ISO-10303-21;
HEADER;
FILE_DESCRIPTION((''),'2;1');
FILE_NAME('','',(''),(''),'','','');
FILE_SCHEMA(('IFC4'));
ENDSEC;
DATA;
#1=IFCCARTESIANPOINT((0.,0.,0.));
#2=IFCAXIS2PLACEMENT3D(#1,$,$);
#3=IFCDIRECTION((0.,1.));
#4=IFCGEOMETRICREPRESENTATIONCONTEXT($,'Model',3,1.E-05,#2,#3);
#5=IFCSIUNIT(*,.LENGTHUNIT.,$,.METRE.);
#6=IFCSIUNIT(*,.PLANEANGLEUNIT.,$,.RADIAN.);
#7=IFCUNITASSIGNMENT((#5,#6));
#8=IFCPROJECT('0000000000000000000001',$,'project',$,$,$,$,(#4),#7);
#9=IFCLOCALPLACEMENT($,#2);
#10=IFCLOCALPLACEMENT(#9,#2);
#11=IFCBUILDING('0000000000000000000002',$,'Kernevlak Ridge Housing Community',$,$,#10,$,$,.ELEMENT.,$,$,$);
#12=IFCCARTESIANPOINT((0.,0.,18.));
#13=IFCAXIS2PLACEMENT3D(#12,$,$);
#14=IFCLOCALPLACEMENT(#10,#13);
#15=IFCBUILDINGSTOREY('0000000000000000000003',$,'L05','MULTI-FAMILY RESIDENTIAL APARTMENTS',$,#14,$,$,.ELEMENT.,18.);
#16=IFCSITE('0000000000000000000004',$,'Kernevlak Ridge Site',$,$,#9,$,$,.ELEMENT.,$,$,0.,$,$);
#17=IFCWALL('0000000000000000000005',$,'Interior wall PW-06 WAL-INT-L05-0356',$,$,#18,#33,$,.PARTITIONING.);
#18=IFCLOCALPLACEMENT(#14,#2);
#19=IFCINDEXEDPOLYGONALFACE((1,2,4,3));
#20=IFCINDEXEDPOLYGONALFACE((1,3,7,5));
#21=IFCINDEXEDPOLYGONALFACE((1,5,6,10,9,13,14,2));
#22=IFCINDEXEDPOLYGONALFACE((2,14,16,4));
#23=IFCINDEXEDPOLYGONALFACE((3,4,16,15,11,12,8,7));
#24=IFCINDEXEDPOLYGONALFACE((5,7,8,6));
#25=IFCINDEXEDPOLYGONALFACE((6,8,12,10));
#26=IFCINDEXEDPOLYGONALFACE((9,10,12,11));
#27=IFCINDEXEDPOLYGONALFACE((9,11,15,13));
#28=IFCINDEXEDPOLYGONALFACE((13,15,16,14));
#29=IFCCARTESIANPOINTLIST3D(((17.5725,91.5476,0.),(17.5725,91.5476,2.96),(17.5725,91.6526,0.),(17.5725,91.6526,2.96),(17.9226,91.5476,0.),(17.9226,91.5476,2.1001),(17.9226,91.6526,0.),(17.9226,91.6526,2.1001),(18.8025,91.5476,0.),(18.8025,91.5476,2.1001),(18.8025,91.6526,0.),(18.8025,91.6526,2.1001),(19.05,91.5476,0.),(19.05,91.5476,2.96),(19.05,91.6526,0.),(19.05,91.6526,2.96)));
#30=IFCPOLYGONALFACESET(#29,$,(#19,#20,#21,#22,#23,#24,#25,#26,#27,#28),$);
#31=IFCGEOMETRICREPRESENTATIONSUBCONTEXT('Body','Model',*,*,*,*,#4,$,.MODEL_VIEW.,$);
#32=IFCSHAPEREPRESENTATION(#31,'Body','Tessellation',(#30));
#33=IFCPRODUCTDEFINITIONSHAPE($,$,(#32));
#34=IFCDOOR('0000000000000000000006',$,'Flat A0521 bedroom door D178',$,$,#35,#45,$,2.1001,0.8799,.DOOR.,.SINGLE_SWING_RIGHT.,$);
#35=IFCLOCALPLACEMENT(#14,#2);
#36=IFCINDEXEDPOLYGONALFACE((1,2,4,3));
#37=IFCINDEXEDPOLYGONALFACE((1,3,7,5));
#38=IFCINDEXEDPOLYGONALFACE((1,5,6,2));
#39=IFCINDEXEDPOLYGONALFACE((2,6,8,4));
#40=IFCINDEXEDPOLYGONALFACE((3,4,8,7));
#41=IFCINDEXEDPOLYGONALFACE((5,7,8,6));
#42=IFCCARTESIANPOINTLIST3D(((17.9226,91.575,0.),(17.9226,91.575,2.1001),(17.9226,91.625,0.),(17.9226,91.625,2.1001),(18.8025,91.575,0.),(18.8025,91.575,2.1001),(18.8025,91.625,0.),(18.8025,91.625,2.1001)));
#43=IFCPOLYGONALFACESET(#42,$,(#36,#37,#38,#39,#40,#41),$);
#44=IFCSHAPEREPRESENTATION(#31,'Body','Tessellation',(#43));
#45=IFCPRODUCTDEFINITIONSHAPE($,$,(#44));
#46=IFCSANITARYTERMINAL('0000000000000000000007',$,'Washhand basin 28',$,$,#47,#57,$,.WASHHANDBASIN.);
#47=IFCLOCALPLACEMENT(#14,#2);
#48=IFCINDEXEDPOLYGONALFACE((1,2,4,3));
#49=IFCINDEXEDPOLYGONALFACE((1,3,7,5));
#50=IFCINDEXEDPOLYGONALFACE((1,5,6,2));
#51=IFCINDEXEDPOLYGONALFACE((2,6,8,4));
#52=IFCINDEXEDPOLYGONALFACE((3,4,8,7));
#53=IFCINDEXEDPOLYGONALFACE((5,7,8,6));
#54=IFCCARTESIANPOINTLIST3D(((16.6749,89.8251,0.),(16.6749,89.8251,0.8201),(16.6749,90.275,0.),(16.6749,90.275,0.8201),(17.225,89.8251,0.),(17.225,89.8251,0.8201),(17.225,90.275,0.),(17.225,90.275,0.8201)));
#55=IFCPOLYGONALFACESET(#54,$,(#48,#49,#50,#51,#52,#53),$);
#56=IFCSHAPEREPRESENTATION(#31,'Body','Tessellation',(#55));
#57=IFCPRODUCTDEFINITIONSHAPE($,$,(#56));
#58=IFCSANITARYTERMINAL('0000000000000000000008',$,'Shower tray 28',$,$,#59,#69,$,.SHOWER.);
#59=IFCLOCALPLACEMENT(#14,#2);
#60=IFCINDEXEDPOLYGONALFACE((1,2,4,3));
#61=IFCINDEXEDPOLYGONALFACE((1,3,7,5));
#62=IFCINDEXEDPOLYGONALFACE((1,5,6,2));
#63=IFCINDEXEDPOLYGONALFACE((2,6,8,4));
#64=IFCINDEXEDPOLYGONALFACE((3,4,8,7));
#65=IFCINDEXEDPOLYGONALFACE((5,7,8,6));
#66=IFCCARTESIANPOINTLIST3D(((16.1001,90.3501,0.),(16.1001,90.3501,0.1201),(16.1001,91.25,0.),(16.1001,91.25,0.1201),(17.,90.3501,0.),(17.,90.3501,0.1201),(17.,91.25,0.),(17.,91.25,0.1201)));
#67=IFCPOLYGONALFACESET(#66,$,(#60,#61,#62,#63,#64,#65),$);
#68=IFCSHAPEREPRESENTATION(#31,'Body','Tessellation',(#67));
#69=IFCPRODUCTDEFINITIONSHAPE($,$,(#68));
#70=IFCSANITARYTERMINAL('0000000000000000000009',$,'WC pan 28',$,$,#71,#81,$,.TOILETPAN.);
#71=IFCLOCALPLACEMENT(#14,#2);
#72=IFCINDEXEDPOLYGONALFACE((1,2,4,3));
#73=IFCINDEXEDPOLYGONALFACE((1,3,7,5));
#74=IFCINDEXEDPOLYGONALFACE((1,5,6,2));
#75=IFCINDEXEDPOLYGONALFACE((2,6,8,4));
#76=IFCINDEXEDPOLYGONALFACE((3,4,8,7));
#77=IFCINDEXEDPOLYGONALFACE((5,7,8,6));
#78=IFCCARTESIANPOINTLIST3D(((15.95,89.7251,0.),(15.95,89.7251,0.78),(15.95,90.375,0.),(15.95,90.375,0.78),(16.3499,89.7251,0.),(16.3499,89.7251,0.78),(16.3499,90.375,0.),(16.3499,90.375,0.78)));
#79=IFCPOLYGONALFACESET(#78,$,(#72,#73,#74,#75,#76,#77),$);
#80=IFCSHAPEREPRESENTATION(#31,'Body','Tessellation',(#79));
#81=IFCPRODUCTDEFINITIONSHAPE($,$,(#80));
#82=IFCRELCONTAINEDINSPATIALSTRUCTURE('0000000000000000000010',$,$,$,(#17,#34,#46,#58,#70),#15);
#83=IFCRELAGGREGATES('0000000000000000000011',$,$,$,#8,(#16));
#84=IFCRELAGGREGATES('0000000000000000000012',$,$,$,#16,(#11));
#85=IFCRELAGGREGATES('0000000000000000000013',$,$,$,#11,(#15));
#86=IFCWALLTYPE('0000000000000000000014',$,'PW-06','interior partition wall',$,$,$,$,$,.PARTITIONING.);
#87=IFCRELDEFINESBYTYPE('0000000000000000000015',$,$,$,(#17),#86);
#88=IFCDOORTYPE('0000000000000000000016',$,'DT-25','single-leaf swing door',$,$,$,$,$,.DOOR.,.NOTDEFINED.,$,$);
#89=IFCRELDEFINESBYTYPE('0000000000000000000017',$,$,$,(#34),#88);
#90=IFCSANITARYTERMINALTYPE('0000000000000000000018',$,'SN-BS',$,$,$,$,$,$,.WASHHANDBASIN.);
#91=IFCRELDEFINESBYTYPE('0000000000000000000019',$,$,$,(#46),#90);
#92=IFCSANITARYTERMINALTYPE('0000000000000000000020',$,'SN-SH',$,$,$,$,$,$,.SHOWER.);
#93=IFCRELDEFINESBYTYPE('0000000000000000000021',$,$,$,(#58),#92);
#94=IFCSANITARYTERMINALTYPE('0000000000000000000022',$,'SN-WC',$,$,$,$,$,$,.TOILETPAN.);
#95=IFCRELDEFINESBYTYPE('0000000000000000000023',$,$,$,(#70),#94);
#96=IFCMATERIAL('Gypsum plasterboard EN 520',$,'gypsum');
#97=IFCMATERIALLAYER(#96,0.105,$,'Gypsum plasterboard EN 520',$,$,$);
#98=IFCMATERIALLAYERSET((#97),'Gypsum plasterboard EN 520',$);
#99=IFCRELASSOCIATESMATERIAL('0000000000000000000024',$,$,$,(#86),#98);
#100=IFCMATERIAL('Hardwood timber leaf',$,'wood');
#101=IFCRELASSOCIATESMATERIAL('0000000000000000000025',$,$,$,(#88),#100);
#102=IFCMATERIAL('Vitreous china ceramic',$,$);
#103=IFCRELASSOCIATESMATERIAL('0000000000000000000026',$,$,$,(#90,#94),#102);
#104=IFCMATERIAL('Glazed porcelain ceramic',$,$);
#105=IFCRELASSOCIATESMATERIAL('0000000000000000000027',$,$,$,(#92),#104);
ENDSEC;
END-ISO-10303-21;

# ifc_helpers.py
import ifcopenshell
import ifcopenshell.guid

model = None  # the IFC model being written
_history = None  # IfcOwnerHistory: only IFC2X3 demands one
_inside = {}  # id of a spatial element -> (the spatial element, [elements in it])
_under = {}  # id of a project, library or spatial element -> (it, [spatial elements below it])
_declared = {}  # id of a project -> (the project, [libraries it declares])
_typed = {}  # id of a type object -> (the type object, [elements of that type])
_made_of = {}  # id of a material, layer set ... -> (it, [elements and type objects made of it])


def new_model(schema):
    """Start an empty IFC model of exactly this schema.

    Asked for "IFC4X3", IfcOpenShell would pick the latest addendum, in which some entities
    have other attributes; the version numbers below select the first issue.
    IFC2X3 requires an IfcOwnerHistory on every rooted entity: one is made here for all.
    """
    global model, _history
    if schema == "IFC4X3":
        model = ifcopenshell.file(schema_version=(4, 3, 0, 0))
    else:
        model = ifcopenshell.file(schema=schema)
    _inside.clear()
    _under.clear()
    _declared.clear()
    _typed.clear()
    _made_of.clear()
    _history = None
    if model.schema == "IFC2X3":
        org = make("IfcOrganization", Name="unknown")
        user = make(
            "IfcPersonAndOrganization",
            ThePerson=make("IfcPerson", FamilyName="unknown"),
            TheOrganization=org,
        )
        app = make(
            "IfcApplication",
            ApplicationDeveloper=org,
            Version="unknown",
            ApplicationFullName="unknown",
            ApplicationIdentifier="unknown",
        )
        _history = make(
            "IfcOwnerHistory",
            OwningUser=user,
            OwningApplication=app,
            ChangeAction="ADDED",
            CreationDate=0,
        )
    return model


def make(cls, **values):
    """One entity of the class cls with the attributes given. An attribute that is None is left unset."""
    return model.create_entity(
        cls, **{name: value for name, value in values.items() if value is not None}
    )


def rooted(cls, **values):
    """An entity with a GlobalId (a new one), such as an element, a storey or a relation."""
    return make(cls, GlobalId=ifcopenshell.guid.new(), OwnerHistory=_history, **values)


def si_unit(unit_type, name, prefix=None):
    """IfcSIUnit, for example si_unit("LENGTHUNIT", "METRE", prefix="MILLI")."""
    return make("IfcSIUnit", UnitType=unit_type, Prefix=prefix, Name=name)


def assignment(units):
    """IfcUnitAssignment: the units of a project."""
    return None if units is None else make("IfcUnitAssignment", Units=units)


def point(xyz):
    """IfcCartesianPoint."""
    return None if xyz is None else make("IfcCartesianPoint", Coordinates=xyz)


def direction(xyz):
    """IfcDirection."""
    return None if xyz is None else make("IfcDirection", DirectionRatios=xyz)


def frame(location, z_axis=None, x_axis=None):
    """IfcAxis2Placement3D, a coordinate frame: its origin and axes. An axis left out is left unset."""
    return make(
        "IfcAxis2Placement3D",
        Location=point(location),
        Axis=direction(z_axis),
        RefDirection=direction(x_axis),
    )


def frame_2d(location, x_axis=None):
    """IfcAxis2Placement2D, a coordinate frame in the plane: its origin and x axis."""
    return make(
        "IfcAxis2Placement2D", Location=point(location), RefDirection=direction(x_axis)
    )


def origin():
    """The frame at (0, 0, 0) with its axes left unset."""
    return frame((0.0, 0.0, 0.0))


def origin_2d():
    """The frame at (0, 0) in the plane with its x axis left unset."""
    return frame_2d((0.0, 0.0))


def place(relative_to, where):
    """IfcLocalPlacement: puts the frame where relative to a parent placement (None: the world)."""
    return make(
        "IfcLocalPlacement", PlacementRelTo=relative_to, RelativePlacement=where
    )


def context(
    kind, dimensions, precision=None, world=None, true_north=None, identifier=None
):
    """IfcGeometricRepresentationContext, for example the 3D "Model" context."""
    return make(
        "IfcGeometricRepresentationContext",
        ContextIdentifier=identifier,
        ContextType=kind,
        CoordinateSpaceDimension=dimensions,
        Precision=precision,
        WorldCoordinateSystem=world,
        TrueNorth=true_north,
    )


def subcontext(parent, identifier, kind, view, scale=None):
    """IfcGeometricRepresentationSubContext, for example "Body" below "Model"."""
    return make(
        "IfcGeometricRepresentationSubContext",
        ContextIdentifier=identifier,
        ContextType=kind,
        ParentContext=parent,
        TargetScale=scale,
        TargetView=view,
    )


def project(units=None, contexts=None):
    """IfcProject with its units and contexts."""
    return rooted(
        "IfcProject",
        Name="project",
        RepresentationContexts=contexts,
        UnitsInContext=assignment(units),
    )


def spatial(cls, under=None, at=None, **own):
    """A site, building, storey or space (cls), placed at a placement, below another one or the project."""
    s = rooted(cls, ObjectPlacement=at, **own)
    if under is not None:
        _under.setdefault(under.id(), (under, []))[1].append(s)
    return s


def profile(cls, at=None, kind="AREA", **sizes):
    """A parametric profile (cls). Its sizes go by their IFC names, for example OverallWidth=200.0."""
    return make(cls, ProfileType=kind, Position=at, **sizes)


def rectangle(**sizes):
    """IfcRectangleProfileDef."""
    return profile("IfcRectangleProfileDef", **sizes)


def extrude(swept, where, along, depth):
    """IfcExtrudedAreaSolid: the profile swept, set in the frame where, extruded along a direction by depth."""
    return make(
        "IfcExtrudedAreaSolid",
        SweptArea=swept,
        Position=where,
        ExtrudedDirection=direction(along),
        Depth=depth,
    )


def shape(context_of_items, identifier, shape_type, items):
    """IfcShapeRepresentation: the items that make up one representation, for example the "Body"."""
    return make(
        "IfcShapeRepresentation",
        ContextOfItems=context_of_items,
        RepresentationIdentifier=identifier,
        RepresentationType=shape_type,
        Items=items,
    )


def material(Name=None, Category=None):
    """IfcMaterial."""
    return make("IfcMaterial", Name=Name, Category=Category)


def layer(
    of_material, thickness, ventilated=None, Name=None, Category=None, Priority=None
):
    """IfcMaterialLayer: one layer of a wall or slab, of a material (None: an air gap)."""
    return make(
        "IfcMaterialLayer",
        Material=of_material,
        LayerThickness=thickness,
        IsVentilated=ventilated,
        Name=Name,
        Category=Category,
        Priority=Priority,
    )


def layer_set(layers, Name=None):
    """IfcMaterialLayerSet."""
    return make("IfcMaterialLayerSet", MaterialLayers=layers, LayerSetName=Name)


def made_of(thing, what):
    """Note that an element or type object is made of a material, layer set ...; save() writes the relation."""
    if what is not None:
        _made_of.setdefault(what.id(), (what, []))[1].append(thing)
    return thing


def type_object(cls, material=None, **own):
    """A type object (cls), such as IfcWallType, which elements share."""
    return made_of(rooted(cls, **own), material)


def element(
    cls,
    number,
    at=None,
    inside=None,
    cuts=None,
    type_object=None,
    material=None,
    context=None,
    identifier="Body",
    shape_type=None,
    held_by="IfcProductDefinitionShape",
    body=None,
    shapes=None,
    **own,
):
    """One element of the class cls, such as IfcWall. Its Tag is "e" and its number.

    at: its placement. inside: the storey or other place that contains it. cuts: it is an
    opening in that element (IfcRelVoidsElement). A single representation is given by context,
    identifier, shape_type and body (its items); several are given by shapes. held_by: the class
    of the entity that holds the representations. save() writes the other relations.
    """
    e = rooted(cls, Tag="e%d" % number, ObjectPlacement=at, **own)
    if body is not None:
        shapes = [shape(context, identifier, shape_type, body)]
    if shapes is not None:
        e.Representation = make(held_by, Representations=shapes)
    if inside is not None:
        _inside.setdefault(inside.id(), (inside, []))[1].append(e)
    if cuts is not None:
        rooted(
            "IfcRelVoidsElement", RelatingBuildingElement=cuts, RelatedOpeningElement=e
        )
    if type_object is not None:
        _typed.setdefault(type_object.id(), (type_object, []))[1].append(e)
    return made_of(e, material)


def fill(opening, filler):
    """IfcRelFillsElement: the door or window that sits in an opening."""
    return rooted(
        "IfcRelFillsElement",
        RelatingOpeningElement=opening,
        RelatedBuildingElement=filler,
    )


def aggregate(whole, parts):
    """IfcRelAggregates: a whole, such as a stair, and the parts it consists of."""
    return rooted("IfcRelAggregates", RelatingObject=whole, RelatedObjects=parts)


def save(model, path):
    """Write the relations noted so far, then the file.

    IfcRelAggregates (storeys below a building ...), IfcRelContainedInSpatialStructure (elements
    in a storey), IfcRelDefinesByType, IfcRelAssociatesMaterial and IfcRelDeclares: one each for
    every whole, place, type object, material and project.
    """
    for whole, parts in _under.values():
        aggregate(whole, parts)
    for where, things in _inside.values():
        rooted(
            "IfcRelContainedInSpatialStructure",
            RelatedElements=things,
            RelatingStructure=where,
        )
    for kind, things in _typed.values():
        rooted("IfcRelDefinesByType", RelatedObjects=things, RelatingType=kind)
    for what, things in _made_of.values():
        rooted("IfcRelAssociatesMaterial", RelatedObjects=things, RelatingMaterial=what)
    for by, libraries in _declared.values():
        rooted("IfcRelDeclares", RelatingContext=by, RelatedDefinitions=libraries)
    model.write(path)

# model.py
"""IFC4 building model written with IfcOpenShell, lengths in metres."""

from ifc_helpers import new_model, si_unit, direction, frame, frame_2d, origin, origin_2d, place, context, subcontext, project, spatial, rectangle, extrude, material, layer, layer_set, type_object, element, fill, save


model = new_model("IFC4")

# Units and contexts
model_context = context("Model", 3, precision=1e-05, world=origin(), true_north=direction((0.0, 1.0)))
body_context = subcontext(model_context, "Body", "Model", "MODEL_VIEW")
ifc_project = project(units=[si_unit("LENGTHUNIT", "METRE"), si_unit("PLANEANGLEUNIT", "RADIAN")], contexts=[model_context])

# Site, building, storey
site_placement = place(None, origin())
site = spatial("IfcSite", under=ifc_project, at=site_placement, Name="Kernevlak Ridge Site", CompositionType="ELEMENT", RefElevation=0.0)
building_placement = place(site_placement, origin())
building = spatial("IfcBuilding", under=site, at=building_placement, Name="Kernevlak Ridge Housing Community", CompositionType="ELEMENT")
storey_placement = place(building_placement, frame((0.0, 0.0, 18.0)))
storey = spatial("IfcBuildingStorey", under=building, at=storey_placement, Name="L05", Description="MULTI-FAMILY RESIDENTIAL APARTMENTS", CompositionType="ELEMENT", Elevation=18.0)

# Shared definitions
ifc_material_1 = material(Name="Gypsum plasterboard EN 520", Category="gypsum")

# Wall, opening, door
ifc_layer_1 = layer(ifc_material_1, 0.105, Name="Gypsum plasterboard EN 520")
ifc_layer_set_1 = layer_set([ifc_layer_1], Name="Gypsum plasterboard EN 520")
wall_type_1 = type_object("IfcWallType", Name="PW-06", Description="interior partition wall", PredefinedType="PARTITIONING", material=ifc_layer_set_1)
wall_1_placement = place(storey_placement, frame((17.5725, 91.6001, 0.0), z_axis=(0.0, 0.0, 1.0), x_axis=(1.0, 0.0, 0.0)))
wall_1 = element("IfcWall", 1, at=wall_1_placement, inside=storey, type_object=wall_type_1, Name="Interior wall PW-06 WAL-INT-L05-0356", PredefinedType="PARTITIONING", context=body_context, shape_type="SweptSolid", body=[
    extrude(rectangle(XDim=1.4775, YDim=0.105, at=frame_2d((0.7388, 0.0))), origin(), (0.0, 0.0, 1.0), 2.96),
])
opening_1_placement = place(wall_1_placement, frame((0.3501, 0.0, 0.0)))
opening_1 = element("IfcOpeningElement", 2, at=opening_1_placement, cuts=wall_1, PredefinedType="OPENING", context=body_context, shape_type="SweptSolid", body=[
    extrude(rectangle(XDim=0.8799, YDim=2.1001, at=frame_2d((0.4399, 1.05))), frame((0.0, 0.0625, 0.0), z_axis=(0.0, -1.0, 0.0), x_axis=(1.0, 0.0, 0.0)), (0.0, 0.0, 1.0), 0.125),
])
ifc_material_2 = material(Name="Hardwood timber leaf", Category="wood")
door_type_1 = type_object("IfcDoorType", Name="DT-25", Description="single-leaf swing door", OperationType="NOTDEFINED", PredefinedType="DOOR", material=ifc_material_2)
door_1_placement = place(opening_1_placement, origin())
door_1 = element("IfcDoor", 3, at=door_1_placement, inside=storey, type_object=door_type_1, Name="Flat A0521 bedroom door D178", OperationType="SINGLE_SWING_RIGHT", OverallHeight=2.1001, OverallWidth=0.8799, PredefinedType="DOOR", context=body_context, shape_type="SweptSolid", body=[
    extrude(rectangle(XDim=0.8799, YDim=2.1001, at=frame_2d((0.4399, 1.05))), frame((0.0, 0.0249, 0.0), z_axis=(0.0, -1.0, 0.0), x_axis=(1.0, 0.0, 0.0)), (0.0, 0.0, 1.0), 0.05),
])
fill(opening_1, door_1)

# Sanitary terminals
ifc_material_3 = material(Name="Vitreous china ceramic")
sanitary_terminal_type_1 = type_object("IfcSanitaryTerminalType", Name="SN-BS", PredefinedType="WASHHANDBASIN", material=ifc_material_3)
sanitary_terminal_1_placement = place(storey_placement, frame((16.95, 90.05, 0.0), z_axis=(0.0, 0.0, 1.0), x_axis=(1.0, 0.0, 0.0)))
element("IfcSanitaryTerminal", 4, at=sanitary_terminal_1_placement, inside=storey, type_object=sanitary_terminal_type_1, Name="Washhand basin 28", PredefinedType="WASHHANDBASIN", context=body_context, shape_type="SweptSolid", body=[
    extrude(rectangle(XDim=0.55, YDim=0.45, at=origin_2d()), origin(), (0.0, 0.0, 1.0), 0.8201),
])
ifc_material_4 = material(Name="Glazed porcelain ceramic")
sanitary_terminal_type_2 = type_object("IfcSanitaryTerminalType", Name="SN-SH", PredefinedType="SHOWER", material=ifc_material_4)
sanitary_terminal_2_placement = place(storey_placement, frame((16.55, 90.8, 0.0), z_axis=(0.0, 0.0, 1.0), x_axis=(1.0, 0.0, 0.0)))
element("IfcSanitaryTerminal", 5, at=sanitary_terminal_2_placement, inside=storey, type_object=sanitary_terminal_type_2, Name="Shower tray 28", PredefinedType="SHOWER", context=body_context, shape_type="SweptSolid", body=[
    extrude(rectangle(XDim=0.8999, YDim=0.8999, at=origin_2d()), origin(), (0.0, 0.0, 1.0), 0.1201),
])
sanitary_terminal_type_3 = type_object("IfcSanitaryTerminalType", Name="SN-WC", PredefinedType="TOILETPAN", material=ifc_material_3)
sanitary_terminal_3_placement = place(storey_placement, frame((16.1499, 90.05, 0.0), z_axis=(0.0, 0.0, 1.0), x_axis=(1.0, 0.0, 0.0)))
element("IfcSanitaryTerminal", 6, at=sanitary_terminal_3_placement, inside=storey, type_object=sanitary_terminal_type_3, Name="WC pan 28", PredefinedType="TOILETPAN", context=body_context, shape_type="SweptSolid", body=[
    extrude(rectangle(XDim=0.3999, YDim=0.6499, at=origin_2d()), origin(), (0.0, 0.0, 1.0), 0.78),
])

save(model, "model.ifc")
